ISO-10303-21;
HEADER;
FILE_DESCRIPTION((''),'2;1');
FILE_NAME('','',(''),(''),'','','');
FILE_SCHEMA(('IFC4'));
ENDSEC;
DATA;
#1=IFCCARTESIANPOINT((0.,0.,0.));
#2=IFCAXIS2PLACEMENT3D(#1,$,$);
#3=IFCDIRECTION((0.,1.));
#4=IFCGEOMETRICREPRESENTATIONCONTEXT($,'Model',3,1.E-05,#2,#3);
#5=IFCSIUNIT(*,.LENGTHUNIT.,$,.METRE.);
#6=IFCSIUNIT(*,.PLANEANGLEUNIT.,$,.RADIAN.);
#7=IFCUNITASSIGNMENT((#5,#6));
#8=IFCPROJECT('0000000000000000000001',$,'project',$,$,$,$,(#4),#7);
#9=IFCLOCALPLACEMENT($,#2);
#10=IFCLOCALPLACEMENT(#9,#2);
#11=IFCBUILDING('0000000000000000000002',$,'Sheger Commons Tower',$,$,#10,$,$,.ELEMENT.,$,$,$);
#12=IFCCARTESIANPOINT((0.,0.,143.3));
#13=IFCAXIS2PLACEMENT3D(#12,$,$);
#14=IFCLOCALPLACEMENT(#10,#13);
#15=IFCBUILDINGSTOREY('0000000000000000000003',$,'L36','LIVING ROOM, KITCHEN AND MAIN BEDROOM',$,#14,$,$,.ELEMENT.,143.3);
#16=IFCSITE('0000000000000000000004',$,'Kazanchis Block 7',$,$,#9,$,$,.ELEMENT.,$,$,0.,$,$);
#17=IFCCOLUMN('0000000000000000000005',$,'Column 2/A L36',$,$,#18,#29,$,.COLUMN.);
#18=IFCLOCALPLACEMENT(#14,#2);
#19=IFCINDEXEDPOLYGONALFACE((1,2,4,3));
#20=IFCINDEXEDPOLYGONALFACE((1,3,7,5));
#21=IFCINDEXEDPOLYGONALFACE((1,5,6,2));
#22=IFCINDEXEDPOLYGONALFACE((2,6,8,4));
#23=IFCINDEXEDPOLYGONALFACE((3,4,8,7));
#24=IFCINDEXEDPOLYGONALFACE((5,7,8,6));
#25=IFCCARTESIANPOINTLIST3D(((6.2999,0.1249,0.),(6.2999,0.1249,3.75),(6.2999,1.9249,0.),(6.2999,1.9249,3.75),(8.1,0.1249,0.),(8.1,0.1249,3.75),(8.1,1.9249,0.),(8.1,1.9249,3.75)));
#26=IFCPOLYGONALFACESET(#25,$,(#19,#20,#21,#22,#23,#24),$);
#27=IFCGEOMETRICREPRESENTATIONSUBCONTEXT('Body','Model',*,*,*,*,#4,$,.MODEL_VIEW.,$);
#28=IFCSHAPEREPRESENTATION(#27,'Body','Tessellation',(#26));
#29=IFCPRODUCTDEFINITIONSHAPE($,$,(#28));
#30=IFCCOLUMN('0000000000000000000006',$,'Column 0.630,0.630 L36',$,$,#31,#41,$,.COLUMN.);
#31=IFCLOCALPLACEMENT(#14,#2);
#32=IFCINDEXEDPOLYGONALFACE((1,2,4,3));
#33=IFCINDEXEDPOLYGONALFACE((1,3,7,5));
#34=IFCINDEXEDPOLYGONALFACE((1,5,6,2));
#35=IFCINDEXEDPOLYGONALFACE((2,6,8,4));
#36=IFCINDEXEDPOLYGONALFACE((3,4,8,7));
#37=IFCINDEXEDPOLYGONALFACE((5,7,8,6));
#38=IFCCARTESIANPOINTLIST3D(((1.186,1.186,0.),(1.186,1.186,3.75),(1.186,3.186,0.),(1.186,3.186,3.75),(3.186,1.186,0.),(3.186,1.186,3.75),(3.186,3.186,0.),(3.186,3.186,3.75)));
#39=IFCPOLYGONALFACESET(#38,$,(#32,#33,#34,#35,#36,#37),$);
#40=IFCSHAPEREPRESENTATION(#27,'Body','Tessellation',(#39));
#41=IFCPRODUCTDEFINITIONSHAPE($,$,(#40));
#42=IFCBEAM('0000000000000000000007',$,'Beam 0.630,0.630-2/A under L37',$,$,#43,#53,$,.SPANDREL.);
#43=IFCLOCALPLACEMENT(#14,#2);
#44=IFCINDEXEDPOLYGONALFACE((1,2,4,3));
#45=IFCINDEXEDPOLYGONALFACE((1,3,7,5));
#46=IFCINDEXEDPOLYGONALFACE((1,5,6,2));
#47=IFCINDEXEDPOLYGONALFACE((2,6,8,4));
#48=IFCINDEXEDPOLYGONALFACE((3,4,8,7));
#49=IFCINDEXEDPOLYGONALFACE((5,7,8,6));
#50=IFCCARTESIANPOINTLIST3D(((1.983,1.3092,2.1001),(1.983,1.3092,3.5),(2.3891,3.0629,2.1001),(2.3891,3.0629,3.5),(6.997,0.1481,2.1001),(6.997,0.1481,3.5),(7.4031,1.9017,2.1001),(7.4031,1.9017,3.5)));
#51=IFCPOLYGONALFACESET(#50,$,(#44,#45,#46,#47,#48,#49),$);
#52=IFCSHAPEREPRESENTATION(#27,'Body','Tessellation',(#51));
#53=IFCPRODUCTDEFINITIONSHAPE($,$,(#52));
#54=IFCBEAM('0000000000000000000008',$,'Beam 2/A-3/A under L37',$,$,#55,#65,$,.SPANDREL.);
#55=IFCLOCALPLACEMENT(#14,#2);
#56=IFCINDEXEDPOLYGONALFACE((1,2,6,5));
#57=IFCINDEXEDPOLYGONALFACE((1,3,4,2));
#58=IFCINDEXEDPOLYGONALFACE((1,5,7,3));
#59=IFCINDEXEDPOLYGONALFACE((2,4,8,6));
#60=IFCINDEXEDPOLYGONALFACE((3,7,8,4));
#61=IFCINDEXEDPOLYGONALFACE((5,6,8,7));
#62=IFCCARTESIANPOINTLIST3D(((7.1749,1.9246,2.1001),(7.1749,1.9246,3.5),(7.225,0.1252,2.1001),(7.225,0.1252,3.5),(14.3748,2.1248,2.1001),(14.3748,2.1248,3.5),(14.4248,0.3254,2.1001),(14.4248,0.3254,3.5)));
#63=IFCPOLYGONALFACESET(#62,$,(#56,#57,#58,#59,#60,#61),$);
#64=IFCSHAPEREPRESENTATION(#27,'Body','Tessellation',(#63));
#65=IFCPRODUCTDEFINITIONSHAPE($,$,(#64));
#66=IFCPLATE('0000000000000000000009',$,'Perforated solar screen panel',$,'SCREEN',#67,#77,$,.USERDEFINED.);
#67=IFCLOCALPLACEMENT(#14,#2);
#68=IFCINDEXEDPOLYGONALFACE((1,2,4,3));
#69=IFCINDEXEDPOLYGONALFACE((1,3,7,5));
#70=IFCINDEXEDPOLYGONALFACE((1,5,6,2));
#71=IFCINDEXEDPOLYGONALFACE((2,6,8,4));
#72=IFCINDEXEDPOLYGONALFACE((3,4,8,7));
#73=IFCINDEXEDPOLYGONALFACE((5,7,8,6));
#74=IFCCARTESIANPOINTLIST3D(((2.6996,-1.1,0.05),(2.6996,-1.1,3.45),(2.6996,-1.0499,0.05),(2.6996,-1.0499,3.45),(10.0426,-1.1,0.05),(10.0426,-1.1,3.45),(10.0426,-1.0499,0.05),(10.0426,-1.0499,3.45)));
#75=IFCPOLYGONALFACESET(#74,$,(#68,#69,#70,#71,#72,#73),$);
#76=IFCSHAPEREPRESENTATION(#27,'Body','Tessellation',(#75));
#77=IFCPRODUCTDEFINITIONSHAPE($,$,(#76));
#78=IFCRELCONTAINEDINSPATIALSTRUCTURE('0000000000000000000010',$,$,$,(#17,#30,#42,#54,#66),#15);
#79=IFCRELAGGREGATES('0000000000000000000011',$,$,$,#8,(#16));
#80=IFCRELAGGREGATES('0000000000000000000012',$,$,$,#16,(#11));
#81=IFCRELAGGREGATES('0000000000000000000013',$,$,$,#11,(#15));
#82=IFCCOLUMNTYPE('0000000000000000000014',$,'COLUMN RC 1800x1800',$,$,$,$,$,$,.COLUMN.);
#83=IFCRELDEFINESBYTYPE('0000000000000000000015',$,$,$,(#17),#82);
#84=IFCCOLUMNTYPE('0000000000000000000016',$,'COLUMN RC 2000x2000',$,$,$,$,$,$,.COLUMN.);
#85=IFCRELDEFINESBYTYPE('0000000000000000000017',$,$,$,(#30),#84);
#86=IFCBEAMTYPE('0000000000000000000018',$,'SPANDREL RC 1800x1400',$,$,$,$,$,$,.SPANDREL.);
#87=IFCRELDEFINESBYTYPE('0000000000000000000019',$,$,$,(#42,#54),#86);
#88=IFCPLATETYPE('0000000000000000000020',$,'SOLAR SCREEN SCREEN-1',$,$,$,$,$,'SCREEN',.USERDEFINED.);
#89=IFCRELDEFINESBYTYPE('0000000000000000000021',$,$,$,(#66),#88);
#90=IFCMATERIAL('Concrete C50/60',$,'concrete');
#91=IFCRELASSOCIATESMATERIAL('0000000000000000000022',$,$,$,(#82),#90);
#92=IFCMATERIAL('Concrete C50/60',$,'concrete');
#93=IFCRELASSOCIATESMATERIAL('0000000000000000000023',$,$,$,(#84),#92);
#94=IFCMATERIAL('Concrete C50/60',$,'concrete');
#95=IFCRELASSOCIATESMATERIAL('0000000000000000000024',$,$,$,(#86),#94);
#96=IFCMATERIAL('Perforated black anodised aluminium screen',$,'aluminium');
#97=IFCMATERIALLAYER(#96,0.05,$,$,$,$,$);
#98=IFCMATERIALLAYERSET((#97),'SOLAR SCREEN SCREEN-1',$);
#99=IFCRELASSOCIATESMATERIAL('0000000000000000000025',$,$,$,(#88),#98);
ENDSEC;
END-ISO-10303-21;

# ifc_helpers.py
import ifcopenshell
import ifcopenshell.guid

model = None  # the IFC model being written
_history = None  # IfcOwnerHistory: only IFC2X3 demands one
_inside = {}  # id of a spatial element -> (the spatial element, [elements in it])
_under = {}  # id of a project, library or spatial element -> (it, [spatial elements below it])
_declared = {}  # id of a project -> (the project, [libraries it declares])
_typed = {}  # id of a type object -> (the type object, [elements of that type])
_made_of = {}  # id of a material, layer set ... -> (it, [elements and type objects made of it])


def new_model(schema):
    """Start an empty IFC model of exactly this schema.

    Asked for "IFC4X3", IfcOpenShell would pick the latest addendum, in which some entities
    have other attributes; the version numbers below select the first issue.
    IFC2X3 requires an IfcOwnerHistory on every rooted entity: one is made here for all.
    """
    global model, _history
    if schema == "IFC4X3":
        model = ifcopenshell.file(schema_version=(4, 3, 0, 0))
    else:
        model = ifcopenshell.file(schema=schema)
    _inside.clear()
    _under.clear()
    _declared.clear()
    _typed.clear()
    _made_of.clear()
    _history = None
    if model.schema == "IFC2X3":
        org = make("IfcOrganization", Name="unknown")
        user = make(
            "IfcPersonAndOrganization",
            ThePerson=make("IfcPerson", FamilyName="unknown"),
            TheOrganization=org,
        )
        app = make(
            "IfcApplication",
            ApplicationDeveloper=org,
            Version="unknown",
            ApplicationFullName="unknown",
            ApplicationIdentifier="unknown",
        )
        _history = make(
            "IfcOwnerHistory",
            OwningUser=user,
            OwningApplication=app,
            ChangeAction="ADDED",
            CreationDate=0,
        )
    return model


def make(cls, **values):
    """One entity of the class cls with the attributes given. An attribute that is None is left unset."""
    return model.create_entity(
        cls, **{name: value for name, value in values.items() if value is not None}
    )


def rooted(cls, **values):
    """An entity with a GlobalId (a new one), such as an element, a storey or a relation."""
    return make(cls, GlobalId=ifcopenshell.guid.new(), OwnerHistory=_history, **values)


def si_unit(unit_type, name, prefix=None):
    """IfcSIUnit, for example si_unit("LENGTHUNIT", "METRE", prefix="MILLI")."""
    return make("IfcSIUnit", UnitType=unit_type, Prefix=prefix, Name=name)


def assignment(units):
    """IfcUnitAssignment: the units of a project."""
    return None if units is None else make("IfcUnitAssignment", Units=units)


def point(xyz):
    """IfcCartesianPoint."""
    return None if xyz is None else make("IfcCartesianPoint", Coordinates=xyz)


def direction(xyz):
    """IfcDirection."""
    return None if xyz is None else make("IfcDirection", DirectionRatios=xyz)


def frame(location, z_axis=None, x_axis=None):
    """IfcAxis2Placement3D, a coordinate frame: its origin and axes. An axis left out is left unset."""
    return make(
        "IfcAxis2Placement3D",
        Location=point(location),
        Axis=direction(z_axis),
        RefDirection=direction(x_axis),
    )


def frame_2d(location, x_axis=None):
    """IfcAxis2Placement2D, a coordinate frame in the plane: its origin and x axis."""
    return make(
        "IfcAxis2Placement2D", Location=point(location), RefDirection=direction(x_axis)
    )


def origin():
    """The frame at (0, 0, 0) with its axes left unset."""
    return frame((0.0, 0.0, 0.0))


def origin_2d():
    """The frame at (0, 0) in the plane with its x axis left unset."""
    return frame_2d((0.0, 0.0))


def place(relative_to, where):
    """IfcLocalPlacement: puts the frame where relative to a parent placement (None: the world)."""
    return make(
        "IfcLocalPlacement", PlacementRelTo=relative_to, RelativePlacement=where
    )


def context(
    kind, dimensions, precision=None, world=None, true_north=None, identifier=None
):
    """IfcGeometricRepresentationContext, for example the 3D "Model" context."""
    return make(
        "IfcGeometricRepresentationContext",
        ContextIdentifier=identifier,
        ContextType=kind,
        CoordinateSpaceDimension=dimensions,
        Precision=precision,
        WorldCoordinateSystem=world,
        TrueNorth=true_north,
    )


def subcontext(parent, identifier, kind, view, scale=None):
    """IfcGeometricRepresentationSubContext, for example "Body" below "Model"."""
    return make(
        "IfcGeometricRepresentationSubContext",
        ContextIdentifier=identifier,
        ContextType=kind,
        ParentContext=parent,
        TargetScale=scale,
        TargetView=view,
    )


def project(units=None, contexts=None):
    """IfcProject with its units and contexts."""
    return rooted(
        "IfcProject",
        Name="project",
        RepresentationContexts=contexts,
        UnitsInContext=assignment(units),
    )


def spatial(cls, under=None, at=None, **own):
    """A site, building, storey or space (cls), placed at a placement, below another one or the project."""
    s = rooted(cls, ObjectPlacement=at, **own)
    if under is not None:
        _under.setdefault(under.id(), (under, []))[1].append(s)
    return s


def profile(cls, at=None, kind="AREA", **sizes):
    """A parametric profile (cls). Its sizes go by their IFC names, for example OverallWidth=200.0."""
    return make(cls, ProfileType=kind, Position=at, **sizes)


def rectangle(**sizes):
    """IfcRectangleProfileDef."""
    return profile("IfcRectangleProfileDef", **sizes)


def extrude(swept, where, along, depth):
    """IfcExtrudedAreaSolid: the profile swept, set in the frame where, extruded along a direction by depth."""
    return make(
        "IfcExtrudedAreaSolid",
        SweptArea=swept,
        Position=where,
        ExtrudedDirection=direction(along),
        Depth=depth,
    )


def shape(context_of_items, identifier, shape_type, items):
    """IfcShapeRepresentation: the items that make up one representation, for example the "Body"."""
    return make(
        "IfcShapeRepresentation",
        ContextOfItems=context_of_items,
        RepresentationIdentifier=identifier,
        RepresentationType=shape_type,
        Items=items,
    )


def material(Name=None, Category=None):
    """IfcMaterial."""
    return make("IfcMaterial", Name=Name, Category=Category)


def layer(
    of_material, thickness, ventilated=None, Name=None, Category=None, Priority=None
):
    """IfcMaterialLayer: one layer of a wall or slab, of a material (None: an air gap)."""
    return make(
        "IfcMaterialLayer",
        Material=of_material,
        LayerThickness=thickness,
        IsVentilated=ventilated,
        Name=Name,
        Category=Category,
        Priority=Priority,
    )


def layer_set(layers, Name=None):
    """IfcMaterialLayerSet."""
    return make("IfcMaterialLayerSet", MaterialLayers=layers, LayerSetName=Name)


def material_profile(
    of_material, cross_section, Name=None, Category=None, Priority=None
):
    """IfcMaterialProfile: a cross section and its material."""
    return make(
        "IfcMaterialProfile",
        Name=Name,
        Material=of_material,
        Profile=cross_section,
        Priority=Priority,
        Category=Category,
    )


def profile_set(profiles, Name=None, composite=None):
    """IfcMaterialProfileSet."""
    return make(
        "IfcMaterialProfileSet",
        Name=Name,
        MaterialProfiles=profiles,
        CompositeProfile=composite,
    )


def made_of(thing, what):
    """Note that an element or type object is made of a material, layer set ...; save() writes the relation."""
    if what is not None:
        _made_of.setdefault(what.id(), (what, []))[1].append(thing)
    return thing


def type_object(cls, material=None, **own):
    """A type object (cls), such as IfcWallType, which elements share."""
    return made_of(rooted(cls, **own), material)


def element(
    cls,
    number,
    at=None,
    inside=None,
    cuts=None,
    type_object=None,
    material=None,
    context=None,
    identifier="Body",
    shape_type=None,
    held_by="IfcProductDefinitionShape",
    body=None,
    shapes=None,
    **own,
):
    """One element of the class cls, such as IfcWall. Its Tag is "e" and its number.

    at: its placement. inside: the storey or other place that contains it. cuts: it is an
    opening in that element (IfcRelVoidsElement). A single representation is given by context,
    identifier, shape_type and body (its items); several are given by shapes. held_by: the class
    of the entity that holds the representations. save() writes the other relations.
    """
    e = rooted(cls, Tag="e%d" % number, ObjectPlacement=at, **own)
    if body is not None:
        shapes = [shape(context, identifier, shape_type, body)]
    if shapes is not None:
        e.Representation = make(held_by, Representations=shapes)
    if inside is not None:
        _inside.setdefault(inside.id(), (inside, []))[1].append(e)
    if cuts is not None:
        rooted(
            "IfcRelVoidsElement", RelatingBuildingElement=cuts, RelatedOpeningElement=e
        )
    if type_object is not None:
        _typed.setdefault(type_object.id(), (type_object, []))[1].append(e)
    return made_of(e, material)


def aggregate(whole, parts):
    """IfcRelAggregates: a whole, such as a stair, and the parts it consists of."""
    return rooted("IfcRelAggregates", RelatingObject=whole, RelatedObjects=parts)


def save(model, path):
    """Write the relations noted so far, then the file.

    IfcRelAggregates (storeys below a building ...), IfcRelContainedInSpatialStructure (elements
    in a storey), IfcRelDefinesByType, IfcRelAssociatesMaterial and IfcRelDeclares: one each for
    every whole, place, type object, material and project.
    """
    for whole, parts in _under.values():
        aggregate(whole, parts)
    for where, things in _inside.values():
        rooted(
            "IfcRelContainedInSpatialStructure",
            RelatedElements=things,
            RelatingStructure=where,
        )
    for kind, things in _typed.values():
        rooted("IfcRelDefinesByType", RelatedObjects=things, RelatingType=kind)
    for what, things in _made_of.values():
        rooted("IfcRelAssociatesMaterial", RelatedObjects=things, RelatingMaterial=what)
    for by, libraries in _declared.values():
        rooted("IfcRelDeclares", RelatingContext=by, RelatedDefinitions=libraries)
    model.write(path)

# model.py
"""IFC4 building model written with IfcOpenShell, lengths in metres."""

from ifc_helpers import new_model, si_unit, direction, frame, origin, origin_2d, place, context, subcontext, project, spatial, rectangle, extrude, material, layer, layer_set, material_profile, profile_set, type_object, element, save


model = new_model("IFC4")

# Units and contexts
model_context = context("Model", 3, precision=1e-05, world=origin(), true_north=direction((0.0, 1.0)))
body_context = subcontext(model_context, "Body", "Model", "MODEL_VIEW")
ifc_project = project(units=[si_unit("LENGTHUNIT", "METRE"), si_unit("PLANEANGLEUNIT", "RADIAN")], contexts=[model_context])

# Site, building, storey
site_placement = place(None, origin())
site = spatial("IfcSite", under=ifc_project, at=site_placement, Name="Kazanchis Block 7", CompositionType="ELEMENT", RefElevation=0.0)
building_placement = place(site_placement, origin())
building = spatial("IfcBuilding", under=site, at=building_placement, Name="Sheger Commons Tower", CompositionType="ELEMENT")
storey_placement = place(building_placement, frame((0.0, 0.0, 143.3)))
storey = spatial("IfcBuildingStorey", under=building, at=storey_placement, Name="L36", Description="LIVING ROOM, KITCHEN AND MAIN BEDROOM", CompositionType="ELEMENT", Elevation=143.3)

# Columns
ifc_material_1 = material(Name="Concrete C50/60", Category="concrete")
ifc_material_profile_1 = material_profile(ifc_material_1, rectangle(XDim=1.8, YDim=1.8, at=origin_2d()), Name="RC 1800x1800")
ifc_profile_set_1 = profile_set([ifc_material_profile_1], Name="Concrete C50/60")
column_type_1 = type_object("IfcColumnType", Name="COLUMN RC 1800x1800", PredefinedType="COLUMN", material=ifc_profile_set_1)
column_1_placement = place(storey_placement, frame((7.2, 1.0249, 0.0), z_axis=(0.0, 0.0, 1.0), x_axis=(1.0, 0.0, 0.0)))
element("IfcColumn", 1, at=column_1_placement, inside=storey, type_object=column_type_1, Name="Column 2/A L36", PredefinedType="COLUMN", context=body_context, shape_type="SweptSolid", body=[
    extrude(rectangle(XDim=1.8, YDim=1.8, at=origin_2d()), origin(), (0.0, 0.0, 1.0), 3.75),
])
ifc_material_2 = material(Name="Concrete C50/60", Category="concrete")
ifc_material_profile_2 = material_profile(ifc_material_2, rectangle(XDim=2.0, YDim=2.0, at=origin_2d()), Name="RC 2000x2000")
ifc_profile_set_2 = profile_set([ifc_material_profile_2], Name="Concrete C50/60")
column_type_2 = type_object("IfcColumnType", Name="COLUMN RC 2000x2000", PredefinedType="COLUMN", material=ifc_profile_set_2)
column_2_placement = place(storey_placement, frame((2.186, 2.186, 0.0), z_axis=(0.0, 0.0, 1.0), x_axis=(1.0, 0.0, 0.0)))
element("IfcColumn", 2, at=column_2_placement, inside=storey, type_object=column_type_2, Name="Column 0.630,0.630 L36", PredefinedType="COLUMN", context=body_context, shape_type="SweptSolid", body=[
    extrude(rectangle(XDim=2.0, YDim=2.0, at=origin_2d()), origin(), (0.0, 0.0, 1.0), 3.75),
])

# Beams
ifc_material_3 = material(Name="Concrete C50/60", Category="concrete")
ifc_material_profile_3 = material_profile(ifc_material_3, rectangle(XDim=1.8, YDim=1.3999, at=origin_2d()), Name="RC 1800x1400")
ifc_profile_set_3 = profile_set([ifc_material_profile_3], Name="Concrete C50/60")
beam_type = type_object("IfcBeamType", Name="SPANDREL RC 1800x1400", PredefinedType="SPANDREL", material=ifc_profile_set_3)
beam_1_placement = place(storey_placement, frame((2.186, 2.186, 2.8), z_axis=(0.974217, -0.225611, 0.0), x_axis=(0.225611, 0.974217, 0.0)))
element("IfcBeam", 3, at=beam_1_placement, inside=storey, type_object=beam_type, Name="Beam 0.630,0.630-2/A under L37", PredefinedType="SPANDREL", context=body_context, shape_type="SweptSolid", body=[
    extrude(rectangle(XDim=1.8, YDim=1.3999, at=origin_2d()), origin(), (0.0, 0.0, 1.0), 5.1467),
])
beam_2_placement = place(storey_placement, frame((7.2, 1.0249, 2.8), z_axis=(0.999614, 0.027794, 0.0), x_axis=(-0.027794, 0.999614, 0.0)))
element("IfcBeam", 4, at=beam_2_placement, inside=storey, type_object=beam_type, Name="Beam 2/A-3/A under L37", PredefinedType="SPANDREL", context=body_context, shape_type="SweptSolid", body=[
    extrude(rectangle(XDim=1.8, YDim=1.3999, at=origin_2d()), origin(), (0.0, 0.0, 1.0), 7.2026),
])

# Plate
ifc_material_4 = material(Name="Perforated black anodised aluminium screen", Category="aluminium")
ifc_layer_1 = layer(ifc_material_4, 0.05)
ifc_layer_set_1 = layer_set([ifc_layer_1], Name="SOLAR SCREEN SCREEN-1")
plate_type = type_object("IfcPlateType", Name="SOLAR SCREEN SCREEN-1", ElementType="SCREEN", PredefinedType="USERDEFINED", material=ifc_layer_set_1)
plate_placement = place(storey_placement, frame((6.3711, -1.075, 0.05), z_axis=(0.0, 0.0, 1.0), x_axis=(1.0, 0.0, 0.0)))
element("IfcPlate", 5, at=plate_placement, inside=storey, type_object=plate_type, Name="Perforated solar screen panel", ObjectType="SCREEN", PredefinedType="USERDEFINED", context=body_context, shape_type="SweptSolid", body=[
    extrude(rectangle(XDim=7.343, YDim=0.05, at=origin_2d()), origin(), (0.0, 0.0, 1.0), 3.3999),
])

save(model, "model.ifc")
